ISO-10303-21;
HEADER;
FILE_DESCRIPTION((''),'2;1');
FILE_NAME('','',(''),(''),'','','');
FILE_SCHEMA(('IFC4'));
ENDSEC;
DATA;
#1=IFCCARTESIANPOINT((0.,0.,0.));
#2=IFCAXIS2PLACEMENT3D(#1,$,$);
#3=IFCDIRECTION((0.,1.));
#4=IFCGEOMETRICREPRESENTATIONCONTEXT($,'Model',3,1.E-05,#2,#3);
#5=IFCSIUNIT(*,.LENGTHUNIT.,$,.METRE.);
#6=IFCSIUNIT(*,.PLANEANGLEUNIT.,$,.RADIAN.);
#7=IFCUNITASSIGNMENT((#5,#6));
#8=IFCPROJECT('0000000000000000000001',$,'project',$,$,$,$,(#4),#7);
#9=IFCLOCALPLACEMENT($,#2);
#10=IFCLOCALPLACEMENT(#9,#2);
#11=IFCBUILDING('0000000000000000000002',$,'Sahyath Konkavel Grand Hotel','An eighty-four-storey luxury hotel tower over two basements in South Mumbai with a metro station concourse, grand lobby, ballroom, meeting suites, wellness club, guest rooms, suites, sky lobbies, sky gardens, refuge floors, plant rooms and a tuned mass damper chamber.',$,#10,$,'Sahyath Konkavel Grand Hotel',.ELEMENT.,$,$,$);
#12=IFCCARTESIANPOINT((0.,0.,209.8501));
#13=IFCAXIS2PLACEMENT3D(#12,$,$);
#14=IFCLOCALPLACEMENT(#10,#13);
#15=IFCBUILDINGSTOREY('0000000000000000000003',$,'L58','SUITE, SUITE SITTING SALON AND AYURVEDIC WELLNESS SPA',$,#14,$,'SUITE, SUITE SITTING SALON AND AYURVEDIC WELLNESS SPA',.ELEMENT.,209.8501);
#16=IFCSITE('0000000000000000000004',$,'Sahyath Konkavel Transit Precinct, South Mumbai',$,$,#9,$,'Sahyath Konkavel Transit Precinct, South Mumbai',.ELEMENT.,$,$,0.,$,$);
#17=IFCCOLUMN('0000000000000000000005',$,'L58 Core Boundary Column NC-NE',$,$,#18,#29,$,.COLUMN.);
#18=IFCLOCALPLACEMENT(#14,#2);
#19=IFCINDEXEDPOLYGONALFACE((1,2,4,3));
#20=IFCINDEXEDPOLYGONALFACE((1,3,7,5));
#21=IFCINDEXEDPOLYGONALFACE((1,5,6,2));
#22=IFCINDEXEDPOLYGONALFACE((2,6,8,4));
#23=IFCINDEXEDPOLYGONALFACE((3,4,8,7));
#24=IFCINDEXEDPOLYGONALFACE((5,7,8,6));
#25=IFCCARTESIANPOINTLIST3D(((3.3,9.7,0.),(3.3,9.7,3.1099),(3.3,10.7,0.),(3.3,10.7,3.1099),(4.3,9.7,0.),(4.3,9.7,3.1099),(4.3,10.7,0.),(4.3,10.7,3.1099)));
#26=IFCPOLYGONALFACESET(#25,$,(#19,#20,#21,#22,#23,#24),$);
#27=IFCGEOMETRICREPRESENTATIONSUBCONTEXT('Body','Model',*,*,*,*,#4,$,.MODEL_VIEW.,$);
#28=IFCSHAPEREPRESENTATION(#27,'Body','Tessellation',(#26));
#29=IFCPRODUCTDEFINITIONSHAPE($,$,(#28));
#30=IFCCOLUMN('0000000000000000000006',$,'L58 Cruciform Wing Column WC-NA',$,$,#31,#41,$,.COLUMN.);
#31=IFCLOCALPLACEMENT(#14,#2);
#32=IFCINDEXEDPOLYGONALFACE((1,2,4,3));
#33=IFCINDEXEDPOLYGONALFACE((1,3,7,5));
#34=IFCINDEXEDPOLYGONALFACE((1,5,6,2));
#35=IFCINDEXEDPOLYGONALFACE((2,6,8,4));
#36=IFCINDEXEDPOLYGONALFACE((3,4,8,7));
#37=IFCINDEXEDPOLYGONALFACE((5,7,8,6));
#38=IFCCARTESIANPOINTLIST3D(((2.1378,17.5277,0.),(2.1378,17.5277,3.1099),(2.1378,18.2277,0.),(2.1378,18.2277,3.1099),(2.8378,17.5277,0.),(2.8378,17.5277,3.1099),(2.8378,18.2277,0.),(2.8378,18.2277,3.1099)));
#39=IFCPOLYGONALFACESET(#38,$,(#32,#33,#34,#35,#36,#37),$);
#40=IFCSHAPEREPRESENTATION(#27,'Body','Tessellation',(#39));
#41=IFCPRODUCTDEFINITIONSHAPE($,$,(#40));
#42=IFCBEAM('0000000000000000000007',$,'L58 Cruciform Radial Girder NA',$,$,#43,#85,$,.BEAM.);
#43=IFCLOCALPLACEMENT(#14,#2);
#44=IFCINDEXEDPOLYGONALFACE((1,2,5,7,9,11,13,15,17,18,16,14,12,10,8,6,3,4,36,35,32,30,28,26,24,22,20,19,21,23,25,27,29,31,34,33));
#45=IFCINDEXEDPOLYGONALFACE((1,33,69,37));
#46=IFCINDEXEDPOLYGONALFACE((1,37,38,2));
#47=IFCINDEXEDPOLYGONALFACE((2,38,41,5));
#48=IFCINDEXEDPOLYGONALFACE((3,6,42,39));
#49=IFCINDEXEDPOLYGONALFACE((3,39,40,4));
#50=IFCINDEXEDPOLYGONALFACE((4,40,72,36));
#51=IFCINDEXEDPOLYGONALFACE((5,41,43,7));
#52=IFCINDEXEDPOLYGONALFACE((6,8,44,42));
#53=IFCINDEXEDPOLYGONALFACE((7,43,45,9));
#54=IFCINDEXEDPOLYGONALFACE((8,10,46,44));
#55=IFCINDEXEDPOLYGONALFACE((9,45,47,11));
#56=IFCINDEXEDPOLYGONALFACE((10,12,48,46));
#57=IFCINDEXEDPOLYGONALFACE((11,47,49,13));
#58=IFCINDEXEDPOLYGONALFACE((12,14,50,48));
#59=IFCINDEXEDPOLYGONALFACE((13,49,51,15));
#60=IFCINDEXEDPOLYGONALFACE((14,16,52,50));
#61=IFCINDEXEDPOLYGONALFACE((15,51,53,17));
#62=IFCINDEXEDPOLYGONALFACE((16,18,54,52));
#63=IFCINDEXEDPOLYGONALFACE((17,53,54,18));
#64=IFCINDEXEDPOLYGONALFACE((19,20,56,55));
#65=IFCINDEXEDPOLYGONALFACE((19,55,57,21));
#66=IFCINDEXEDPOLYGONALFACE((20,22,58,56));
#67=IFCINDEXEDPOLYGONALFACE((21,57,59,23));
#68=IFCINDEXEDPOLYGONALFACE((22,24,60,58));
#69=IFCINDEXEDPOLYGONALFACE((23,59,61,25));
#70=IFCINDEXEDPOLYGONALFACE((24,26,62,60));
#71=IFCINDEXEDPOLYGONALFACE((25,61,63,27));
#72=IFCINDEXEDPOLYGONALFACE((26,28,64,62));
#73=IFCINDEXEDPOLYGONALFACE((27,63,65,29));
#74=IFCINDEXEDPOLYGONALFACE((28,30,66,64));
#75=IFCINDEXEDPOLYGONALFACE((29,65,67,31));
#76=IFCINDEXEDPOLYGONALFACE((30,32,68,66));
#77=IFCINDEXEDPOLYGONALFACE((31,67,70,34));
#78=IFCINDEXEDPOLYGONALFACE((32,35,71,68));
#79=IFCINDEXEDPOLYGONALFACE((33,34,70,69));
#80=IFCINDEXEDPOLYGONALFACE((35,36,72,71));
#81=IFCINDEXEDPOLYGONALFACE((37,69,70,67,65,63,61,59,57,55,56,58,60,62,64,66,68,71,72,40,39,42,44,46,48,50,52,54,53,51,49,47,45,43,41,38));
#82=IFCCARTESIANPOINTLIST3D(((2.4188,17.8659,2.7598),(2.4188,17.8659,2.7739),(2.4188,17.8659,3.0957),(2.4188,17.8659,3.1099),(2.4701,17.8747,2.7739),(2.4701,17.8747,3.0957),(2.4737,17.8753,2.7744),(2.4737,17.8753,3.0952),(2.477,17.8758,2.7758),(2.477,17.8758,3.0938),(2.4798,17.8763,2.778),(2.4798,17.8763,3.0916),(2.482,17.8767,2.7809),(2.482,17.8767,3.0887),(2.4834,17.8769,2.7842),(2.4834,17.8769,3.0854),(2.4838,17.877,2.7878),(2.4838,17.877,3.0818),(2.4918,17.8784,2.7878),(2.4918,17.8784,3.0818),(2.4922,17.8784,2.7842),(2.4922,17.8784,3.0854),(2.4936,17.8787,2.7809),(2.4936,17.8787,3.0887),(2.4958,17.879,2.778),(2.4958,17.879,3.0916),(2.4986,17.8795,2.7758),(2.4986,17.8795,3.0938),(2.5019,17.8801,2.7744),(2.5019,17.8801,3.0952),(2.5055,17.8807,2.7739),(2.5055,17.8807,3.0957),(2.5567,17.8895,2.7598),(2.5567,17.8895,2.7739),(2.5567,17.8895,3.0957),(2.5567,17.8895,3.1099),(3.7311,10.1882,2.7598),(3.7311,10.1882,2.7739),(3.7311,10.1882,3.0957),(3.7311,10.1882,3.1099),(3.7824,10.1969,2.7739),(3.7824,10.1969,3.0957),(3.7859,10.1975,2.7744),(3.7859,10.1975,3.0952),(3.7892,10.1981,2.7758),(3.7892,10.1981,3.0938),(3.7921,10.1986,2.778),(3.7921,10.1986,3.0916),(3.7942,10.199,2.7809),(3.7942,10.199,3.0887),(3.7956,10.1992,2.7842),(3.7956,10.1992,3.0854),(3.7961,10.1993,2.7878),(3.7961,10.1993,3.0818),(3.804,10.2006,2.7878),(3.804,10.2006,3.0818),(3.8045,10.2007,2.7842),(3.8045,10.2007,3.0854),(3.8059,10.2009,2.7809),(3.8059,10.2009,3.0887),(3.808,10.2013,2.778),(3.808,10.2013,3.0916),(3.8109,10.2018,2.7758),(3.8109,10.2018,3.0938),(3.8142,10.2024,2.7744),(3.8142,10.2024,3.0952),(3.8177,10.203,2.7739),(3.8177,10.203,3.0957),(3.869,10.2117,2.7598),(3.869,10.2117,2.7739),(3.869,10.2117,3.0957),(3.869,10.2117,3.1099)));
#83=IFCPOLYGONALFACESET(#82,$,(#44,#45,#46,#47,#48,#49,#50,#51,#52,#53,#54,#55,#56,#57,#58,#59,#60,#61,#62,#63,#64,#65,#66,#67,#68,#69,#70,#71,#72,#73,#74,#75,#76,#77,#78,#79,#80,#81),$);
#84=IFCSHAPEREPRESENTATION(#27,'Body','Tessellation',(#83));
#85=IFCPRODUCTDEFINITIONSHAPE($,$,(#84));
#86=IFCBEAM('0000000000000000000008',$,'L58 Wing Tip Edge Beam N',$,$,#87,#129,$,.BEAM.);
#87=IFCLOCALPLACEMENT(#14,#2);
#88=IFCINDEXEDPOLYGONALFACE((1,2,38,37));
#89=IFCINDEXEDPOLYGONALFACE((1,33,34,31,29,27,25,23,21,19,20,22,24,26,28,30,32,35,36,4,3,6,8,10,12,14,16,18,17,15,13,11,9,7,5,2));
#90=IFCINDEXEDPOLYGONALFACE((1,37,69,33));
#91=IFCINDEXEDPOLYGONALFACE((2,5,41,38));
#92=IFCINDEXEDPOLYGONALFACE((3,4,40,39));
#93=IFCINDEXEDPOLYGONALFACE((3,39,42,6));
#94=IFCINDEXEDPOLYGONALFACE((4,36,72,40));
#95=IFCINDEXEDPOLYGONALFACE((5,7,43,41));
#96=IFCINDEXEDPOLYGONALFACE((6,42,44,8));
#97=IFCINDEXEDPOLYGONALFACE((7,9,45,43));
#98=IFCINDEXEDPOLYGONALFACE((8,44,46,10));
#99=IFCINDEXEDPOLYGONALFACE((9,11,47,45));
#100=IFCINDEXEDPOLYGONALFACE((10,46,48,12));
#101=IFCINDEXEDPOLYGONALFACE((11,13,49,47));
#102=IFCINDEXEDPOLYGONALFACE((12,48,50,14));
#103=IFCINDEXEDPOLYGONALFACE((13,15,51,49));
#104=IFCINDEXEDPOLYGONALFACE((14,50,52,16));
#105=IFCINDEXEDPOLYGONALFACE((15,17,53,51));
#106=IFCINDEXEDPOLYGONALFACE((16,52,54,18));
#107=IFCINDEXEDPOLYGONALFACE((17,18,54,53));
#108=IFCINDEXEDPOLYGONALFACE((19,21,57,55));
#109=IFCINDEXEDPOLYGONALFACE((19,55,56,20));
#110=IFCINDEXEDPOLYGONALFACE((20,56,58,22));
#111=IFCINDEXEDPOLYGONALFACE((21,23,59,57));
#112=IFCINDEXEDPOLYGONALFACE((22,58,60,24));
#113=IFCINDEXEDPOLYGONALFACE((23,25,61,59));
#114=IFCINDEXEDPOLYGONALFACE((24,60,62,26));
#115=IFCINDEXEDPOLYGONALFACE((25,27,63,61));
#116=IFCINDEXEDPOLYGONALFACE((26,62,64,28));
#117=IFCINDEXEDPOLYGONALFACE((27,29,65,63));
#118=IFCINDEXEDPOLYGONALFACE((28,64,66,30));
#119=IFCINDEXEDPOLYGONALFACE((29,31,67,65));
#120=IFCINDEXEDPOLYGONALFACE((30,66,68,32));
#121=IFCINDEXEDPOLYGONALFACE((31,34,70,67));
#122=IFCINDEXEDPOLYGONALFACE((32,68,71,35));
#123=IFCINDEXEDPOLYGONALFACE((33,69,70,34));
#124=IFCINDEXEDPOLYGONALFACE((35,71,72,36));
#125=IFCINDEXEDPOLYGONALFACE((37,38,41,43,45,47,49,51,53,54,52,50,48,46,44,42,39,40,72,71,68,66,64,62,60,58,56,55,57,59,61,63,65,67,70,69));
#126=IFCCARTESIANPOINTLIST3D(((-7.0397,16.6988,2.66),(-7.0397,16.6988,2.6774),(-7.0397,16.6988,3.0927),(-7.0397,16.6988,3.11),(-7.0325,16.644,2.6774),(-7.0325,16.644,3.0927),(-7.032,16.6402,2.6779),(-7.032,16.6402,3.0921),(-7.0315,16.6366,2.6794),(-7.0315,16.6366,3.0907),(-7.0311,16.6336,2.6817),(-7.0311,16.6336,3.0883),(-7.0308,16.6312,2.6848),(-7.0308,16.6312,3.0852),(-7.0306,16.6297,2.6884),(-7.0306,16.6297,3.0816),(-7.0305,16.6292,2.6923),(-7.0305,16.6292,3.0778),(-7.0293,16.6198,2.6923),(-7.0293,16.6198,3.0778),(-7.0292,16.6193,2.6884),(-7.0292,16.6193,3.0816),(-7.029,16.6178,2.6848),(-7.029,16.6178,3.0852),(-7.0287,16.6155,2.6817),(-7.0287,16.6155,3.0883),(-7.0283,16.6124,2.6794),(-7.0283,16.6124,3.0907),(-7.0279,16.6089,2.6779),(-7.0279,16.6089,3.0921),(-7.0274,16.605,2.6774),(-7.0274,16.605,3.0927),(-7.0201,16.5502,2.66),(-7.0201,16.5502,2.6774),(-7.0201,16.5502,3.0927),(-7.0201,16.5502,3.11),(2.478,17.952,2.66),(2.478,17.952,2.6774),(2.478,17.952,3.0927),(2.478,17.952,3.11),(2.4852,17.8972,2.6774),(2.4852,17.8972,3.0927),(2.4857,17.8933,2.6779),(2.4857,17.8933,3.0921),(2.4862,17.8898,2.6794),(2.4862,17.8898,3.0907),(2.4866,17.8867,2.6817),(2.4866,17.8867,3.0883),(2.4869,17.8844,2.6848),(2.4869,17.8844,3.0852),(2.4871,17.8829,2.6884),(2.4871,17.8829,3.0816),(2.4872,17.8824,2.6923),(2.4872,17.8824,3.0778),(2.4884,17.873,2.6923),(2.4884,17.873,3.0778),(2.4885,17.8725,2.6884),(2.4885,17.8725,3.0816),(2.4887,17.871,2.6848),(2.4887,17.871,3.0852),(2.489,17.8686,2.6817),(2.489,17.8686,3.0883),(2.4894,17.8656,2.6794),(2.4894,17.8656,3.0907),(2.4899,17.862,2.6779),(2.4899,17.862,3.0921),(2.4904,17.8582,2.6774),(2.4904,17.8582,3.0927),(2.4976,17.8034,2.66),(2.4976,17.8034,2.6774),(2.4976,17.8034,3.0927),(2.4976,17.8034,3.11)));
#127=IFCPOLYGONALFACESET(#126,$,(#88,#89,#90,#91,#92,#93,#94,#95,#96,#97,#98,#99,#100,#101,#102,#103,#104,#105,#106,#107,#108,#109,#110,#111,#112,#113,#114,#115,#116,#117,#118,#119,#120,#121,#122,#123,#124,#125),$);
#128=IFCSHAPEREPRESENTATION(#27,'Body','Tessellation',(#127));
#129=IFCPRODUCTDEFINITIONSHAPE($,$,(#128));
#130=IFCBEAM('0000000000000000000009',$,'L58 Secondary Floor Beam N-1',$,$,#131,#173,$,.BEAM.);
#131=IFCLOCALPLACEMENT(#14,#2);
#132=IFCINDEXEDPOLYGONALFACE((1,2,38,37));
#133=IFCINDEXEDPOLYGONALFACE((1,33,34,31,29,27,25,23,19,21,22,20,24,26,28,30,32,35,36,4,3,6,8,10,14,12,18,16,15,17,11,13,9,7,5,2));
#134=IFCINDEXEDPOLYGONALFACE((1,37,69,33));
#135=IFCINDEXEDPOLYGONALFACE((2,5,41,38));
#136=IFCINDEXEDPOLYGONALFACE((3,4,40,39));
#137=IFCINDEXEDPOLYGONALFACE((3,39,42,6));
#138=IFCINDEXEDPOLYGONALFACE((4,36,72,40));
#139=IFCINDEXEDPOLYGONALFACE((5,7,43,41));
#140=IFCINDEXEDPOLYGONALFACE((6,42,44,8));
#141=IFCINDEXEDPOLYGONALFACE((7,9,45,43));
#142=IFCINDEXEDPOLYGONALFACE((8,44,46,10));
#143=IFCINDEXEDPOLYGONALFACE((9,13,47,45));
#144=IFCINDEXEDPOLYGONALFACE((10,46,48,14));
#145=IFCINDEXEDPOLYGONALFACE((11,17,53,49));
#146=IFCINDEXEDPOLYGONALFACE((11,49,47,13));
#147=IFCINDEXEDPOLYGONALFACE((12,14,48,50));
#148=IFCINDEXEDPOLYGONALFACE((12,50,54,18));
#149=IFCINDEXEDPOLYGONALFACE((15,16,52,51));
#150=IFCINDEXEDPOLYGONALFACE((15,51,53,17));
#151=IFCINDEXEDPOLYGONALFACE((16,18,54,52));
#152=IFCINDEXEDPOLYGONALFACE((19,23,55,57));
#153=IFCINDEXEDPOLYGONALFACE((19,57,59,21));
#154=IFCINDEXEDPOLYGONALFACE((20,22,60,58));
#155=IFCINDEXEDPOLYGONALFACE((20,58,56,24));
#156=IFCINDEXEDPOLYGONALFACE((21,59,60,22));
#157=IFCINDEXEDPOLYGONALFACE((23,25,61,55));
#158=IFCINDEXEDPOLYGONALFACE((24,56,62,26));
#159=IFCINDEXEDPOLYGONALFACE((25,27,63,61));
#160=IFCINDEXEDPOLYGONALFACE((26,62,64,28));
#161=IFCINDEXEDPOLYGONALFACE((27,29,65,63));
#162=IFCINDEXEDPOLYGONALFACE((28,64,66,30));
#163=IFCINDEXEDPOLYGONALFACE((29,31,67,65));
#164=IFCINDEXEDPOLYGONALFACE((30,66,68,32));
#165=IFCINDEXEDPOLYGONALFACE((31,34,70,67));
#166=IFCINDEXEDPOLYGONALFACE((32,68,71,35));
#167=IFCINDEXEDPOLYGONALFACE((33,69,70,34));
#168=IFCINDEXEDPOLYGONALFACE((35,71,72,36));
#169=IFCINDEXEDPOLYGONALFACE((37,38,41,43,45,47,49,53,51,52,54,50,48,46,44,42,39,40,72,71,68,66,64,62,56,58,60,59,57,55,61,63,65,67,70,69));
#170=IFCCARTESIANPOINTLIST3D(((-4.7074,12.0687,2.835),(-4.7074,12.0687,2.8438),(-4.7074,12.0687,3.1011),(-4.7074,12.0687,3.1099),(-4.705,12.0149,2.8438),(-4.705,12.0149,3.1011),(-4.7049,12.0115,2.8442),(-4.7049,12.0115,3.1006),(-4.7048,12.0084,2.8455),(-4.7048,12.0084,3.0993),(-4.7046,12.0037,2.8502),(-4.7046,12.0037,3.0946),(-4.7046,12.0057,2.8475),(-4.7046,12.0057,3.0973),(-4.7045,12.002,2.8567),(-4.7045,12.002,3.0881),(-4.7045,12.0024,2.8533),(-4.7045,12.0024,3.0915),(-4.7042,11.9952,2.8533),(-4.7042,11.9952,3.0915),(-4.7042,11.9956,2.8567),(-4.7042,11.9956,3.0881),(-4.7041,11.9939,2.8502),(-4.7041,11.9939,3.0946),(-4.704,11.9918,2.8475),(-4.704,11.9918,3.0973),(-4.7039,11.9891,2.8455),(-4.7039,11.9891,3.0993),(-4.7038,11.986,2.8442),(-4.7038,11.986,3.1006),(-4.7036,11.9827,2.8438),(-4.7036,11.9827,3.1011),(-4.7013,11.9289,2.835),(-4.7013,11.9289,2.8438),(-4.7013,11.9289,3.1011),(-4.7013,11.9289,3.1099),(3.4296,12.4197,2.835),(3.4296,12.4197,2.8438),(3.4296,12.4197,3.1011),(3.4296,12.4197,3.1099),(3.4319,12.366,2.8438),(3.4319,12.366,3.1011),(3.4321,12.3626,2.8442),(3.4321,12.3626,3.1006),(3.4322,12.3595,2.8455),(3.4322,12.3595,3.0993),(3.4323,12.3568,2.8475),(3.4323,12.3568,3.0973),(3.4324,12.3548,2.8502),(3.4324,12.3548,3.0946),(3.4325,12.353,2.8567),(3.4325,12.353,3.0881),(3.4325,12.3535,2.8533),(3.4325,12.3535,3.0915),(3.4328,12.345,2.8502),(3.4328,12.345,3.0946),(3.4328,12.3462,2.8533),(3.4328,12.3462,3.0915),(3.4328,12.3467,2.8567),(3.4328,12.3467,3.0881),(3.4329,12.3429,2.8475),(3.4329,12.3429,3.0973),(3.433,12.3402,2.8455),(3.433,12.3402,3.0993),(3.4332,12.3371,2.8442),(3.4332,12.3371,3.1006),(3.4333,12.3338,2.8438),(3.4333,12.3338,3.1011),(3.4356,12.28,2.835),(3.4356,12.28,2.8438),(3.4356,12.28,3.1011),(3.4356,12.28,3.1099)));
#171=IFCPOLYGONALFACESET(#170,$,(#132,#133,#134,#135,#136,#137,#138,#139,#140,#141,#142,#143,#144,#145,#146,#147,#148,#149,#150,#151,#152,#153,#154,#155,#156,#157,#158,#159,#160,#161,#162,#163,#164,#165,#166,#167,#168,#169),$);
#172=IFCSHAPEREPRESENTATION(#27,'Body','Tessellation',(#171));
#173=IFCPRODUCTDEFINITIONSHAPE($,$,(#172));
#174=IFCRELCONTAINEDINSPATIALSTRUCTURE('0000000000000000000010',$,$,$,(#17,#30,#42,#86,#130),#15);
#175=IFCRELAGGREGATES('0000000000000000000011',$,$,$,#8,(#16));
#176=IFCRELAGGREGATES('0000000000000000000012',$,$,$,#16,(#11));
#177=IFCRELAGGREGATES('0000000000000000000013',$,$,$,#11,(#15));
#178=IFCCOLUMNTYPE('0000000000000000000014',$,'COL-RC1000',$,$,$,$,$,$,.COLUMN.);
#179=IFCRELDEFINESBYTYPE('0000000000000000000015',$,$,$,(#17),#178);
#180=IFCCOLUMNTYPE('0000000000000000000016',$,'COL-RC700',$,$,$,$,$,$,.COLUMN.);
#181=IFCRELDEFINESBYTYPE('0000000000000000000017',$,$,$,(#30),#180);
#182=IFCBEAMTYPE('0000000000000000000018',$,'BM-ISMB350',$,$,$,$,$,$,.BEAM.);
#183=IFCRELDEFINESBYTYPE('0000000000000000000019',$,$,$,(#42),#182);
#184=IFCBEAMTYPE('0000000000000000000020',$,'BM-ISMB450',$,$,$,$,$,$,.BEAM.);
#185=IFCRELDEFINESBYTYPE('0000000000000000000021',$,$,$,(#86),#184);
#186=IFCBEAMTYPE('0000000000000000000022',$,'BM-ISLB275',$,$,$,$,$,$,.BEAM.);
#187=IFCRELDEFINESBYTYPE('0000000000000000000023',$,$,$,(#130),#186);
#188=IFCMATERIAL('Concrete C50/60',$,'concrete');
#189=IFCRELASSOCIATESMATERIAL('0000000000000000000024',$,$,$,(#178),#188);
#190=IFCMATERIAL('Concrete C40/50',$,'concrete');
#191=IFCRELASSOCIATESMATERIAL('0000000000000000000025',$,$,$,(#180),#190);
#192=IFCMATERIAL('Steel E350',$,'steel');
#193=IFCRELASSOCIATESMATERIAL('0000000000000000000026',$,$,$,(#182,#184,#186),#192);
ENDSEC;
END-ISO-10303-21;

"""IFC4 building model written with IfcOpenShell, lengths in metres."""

from ifc_helpers import new_model, si_unit, direction, frame, origin, origin_2d, place, context, subcontext, project, spatial, rectangle, i_section, extrude, source, transform, mapped, material, material_profile, profile_set, type_object, element, save


model = new_model("IFC4")

# Units and contexts
model_context = context("Model", 3, precision=1e-05, world=origin(), true_north=direction((0.0, 1.0)))
body_context = subcontext(model_context, "Body", "Model", "MODEL_VIEW")
ifc_project = project(units=[si_unit("LENGTHUNIT", "METRE"), si_unit("PLANEANGLEUNIT", "RADIAN")], contexts=[model_context])

# Site, building, storey
site_placement = place(None, origin())
site = spatial("IfcSite", under=ifc_project, at=site_placement, Name="Sahyath Konkavel Transit Precinct, South Mumbai", LongName="Sahyath Konkavel Transit Precinct, South Mumbai", CompositionType="ELEMENT", RefElevation=0.0)
building_placement = place(site_placement, origin())
building = spatial("IfcBuilding", under=site, at=building_placement, Name="Sahyath Konkavel Grand Hotel", Description="An eighty-four-storey luxury hotel tower over two basements in South Mumbai with a metro station concourse, grand lobby, ballroom, meeting suites, wellness club, guest rooms, suites, sky lobbies, sky gardens, refuge floors, plant rooms and a tuned mass damper chamber.", LongName="Sahyath Konkavel Grand Hotel", CompositionType="ELEMENT")
storey_placement = place(building_placement, frame((0.0, 0.0, 209.8501)))
storey = spatial("IfcBuildingStorey", under=building, at=storey_placement, Name="L58", Description="SUITE, SUITE SITTING SALON AND AYURVEDIC WELLNESS SPA", LongName="SUITE, SUITE SITTING SALON AND AYURVEDIC WELLNESS SPA", CompositionType="ELEMENT", Elevation=209.8501)

# Columns
ifc_material_1 = material(Name="Concrete C50/60", Category="concrete")
ifc_material_profile_1 = material_profile(ifc_material_1, rectangle(XDim=1.0, YDim=1.0, at=origin_2d()), Name="RC 1000x1000")
ifc_profile_set_1 = profile_set([ifc_material_profile_1], Name="Concrete C50/60")
column_type_1 = type_object("IfcColumnType", Name="COL-RC1000", PredefinedType="COLUMN", material=ifc_profile_set_1)
shared_shape_1 = source(origin(), body_context, "Body", "SweptSolid", [
    extrude(rectangle(XDim=1.0, YDim=1.0, at=origin_2d()), origin(), (0.0, 0.0, 1.0), 3.1099),
])
column_1_placement = place(storey_placement, frame((3.8, 10.2, 0.0), z_axis=(0.0, 0.0, 1.0), x_axis=(1.0, 0.0, 0.0)))
element("IfcColumn", 1, at=column_1_placement, inside=storey, type_object=column_type_1, Name="L58 Core Boundary Column NC-NE", PredefinedType="COLUMN", context=body_context, shape_type="MappedRepresentation", body=[
    mapped(shared_shape_1, transform((0.0, 0.0, 0.0), scale=1.0)),
])
ifc_material_2 = material(Name="Concrete C40/50", Category="concrete")
ifc_material_profile_2 = material_profile(ifc_material_2, rectangle(XDim=0.7, YDim=0.7, at=origin_2d()), Name="RC 700x700")
ifc_profile_set_2 = profile_set([ifc_material_profile_2], Name="Concrete C40/50")
column_type_2 = type_object("IfcColumnType", Name="COL-RC700", PredefinedType="COLUMN", material=ifc_profile_set_2)
shared_shape_2 = source(origin(), body_context, "Body", "SweptSolid", [
    extrude(rectangle(XDim=0.7, YDim=0.7, at=origin_2d()), origin(), (0.0, 0.0, 1.0), 3.1099),
])
column_2_placement = place(storey_placement, frame((2.4878, 17.8777, 0.0), z_axis=(0.0, 0.0, 1.0), x_axis=(1.0, 0.0, 0.0)))
element("IfcColumn", 2, at=column_2_placement, inside=storey, type_object=column_type_2, Name="L58 Cruciform Wing Column WC-NA", PredefinedType="COLUMN", context=body_context, shape_type="MappedRepresentation", body=[
    mapped(shared_shape_2, transform((0.0, 0.0, 0.0), scale=1.0)),
])

# Beams
ifc_material_3 = material(Name="Steel E350", Category="steel")
ifc_material_profile_3 = material_profile(ifc_material_3, i_section(OverallWidth=0.1399, OverallDepth=0.3501, WebThickness=0.0081, FlangeThickness=0.0142, FilletRadius=0.0139, at=origin_2d()), Name="ISMB 350")
ifc_profile_set_3 = profile_set([ifc_material_profile_3], Name="Steel E350")
beam_type_1 = type_object("IfcBeamType", Name="BM-ISMB350", PredefinedType="BEAM", material=ifc_profile_set_3)
shared_shape_3 = source(origin(), body_context, "Body", "SweptSolid", [
    extrude(i_section(OverallWidth=0.1399, OverallDepth=0.3501, WebThickness=0.0081, FlangeThickness=0.0142, FilletRadius=0.0139, at=origin_2d()), origin(), (0.0, 0.0, 1.0), 7.7891),
])
beam_1_placement = place(storey_placement, frame((3.8, 10.2, 2.9348), z_axis=(-0.168474, 0.985706, 0.0), x_axis=(-0.985706, -0.168474, 0.0)))
element("IfcBeam", 3, at=beam_1_placement, inside=storey, type_object=beam_type_1, Name="L58 Cruciform Radial Girder NA", PredefinedType="BEAM", context=body_context, shape_type="MappedRepresentation", body=[
    mapped(shared_shape_3, transform((0.0, 0.0, 0.0), scale=1.0)),
])
ifc_material_profile_4 = material_profile(ifc_material_3, i_section(OverallWidth=0.1499, OverallDepth=0.45, WebThickness=0.0095, FlangeThickness=0.0173, FilletRadius=0.0149, at=origin_2d()), Name="ISMB 450")
ifc_profile_set_4 = profile_set([ifc_material_profile_4], Name="Steel E350")
beam_type_2 = type_object("IfcBeamType", Name="BM-ISMB450", PredefinedType="BEAM", material=ifc_profile_set_4)
shared_shape_4 = source(origin(), body_context, "Body", "SweptSolid", [
    extrude(i_section(OverallWidth=0.1499, OverallDepth=0.45, WebThickness=0.0095, FlangeThickness=0.0173, FilletRadius=0.0149, at=origin_2d()), origin(), (0.0, 0.0, 1.0), 9.5999),
])
beam_2_placement = place(storey_placement, frame((2.4878, 17.8777, 2.885), z_axis=(-0.991443, -0.130539, 0.0), x_axis=(0.130539, -0.991443, 0.0)))
element("IfcBeam", 4, at=beam_2_placement, inside=storey, type_object=beam_type_2, Name="L58 Wing Tip Edge Beam N", PredefinedType="BEAM", context=body_context, shape_type="MappedRepresentation", body=[
    mapped(shared_shape_4, transform((0.0, 0.0, 0.0), scale=1.0)),
])
ifc_material_profile_5 = material_profile(ifc_material_3, i_section(OverallWidth=0.1399, OverallDepth=0.2749, WebThickness=0.0063, FlangeThickness=0.0088, FilletRadius=0.0129, at=origin_2d()), Name="ISLB 275")
ifc_profile_set_5 = profile_set([ifc_material_profile_5], Name="Steel E350")
beam_type_3 = type_object("IfcBeamType", Name="BM-ISLB275", PredefinedType="BEAM", material=ifc_profile_set_5)
shared_shape_5 = source(origin(), body_context, "Body", "SweptSolid", [
    extrude(i_section(OverallWidth=0.1399, OverallDepth=0.2749, WebThickness=0.0063, FlangeThickness=0.0088, FilletRadius=0.0129, at=origin_2d()), origin(), (0.0, 0.0, 1.0), 8.1445),
])
beam_3_placement = place(storey_placement, frame((3.4326, 12.3499, 2.9724), z_axis=(-0.999071, -0.043106, 0.0), x_axis=(0.043106, -0.999071, 0.0)))
element("IfcBeam", 5, at=beam_3_placement, inside=storey, type_object=beam_type_3, Name="L58 Secondary Floor Beam N-1", PredefinedType="BEAM", context=body_context, shape_type="MappedRepresentation", body=[
    mapped(shared_shape_5, transform((0.0, 0.0, 0.0), scale=1.0)),
])

save(model, "model.ifc")
